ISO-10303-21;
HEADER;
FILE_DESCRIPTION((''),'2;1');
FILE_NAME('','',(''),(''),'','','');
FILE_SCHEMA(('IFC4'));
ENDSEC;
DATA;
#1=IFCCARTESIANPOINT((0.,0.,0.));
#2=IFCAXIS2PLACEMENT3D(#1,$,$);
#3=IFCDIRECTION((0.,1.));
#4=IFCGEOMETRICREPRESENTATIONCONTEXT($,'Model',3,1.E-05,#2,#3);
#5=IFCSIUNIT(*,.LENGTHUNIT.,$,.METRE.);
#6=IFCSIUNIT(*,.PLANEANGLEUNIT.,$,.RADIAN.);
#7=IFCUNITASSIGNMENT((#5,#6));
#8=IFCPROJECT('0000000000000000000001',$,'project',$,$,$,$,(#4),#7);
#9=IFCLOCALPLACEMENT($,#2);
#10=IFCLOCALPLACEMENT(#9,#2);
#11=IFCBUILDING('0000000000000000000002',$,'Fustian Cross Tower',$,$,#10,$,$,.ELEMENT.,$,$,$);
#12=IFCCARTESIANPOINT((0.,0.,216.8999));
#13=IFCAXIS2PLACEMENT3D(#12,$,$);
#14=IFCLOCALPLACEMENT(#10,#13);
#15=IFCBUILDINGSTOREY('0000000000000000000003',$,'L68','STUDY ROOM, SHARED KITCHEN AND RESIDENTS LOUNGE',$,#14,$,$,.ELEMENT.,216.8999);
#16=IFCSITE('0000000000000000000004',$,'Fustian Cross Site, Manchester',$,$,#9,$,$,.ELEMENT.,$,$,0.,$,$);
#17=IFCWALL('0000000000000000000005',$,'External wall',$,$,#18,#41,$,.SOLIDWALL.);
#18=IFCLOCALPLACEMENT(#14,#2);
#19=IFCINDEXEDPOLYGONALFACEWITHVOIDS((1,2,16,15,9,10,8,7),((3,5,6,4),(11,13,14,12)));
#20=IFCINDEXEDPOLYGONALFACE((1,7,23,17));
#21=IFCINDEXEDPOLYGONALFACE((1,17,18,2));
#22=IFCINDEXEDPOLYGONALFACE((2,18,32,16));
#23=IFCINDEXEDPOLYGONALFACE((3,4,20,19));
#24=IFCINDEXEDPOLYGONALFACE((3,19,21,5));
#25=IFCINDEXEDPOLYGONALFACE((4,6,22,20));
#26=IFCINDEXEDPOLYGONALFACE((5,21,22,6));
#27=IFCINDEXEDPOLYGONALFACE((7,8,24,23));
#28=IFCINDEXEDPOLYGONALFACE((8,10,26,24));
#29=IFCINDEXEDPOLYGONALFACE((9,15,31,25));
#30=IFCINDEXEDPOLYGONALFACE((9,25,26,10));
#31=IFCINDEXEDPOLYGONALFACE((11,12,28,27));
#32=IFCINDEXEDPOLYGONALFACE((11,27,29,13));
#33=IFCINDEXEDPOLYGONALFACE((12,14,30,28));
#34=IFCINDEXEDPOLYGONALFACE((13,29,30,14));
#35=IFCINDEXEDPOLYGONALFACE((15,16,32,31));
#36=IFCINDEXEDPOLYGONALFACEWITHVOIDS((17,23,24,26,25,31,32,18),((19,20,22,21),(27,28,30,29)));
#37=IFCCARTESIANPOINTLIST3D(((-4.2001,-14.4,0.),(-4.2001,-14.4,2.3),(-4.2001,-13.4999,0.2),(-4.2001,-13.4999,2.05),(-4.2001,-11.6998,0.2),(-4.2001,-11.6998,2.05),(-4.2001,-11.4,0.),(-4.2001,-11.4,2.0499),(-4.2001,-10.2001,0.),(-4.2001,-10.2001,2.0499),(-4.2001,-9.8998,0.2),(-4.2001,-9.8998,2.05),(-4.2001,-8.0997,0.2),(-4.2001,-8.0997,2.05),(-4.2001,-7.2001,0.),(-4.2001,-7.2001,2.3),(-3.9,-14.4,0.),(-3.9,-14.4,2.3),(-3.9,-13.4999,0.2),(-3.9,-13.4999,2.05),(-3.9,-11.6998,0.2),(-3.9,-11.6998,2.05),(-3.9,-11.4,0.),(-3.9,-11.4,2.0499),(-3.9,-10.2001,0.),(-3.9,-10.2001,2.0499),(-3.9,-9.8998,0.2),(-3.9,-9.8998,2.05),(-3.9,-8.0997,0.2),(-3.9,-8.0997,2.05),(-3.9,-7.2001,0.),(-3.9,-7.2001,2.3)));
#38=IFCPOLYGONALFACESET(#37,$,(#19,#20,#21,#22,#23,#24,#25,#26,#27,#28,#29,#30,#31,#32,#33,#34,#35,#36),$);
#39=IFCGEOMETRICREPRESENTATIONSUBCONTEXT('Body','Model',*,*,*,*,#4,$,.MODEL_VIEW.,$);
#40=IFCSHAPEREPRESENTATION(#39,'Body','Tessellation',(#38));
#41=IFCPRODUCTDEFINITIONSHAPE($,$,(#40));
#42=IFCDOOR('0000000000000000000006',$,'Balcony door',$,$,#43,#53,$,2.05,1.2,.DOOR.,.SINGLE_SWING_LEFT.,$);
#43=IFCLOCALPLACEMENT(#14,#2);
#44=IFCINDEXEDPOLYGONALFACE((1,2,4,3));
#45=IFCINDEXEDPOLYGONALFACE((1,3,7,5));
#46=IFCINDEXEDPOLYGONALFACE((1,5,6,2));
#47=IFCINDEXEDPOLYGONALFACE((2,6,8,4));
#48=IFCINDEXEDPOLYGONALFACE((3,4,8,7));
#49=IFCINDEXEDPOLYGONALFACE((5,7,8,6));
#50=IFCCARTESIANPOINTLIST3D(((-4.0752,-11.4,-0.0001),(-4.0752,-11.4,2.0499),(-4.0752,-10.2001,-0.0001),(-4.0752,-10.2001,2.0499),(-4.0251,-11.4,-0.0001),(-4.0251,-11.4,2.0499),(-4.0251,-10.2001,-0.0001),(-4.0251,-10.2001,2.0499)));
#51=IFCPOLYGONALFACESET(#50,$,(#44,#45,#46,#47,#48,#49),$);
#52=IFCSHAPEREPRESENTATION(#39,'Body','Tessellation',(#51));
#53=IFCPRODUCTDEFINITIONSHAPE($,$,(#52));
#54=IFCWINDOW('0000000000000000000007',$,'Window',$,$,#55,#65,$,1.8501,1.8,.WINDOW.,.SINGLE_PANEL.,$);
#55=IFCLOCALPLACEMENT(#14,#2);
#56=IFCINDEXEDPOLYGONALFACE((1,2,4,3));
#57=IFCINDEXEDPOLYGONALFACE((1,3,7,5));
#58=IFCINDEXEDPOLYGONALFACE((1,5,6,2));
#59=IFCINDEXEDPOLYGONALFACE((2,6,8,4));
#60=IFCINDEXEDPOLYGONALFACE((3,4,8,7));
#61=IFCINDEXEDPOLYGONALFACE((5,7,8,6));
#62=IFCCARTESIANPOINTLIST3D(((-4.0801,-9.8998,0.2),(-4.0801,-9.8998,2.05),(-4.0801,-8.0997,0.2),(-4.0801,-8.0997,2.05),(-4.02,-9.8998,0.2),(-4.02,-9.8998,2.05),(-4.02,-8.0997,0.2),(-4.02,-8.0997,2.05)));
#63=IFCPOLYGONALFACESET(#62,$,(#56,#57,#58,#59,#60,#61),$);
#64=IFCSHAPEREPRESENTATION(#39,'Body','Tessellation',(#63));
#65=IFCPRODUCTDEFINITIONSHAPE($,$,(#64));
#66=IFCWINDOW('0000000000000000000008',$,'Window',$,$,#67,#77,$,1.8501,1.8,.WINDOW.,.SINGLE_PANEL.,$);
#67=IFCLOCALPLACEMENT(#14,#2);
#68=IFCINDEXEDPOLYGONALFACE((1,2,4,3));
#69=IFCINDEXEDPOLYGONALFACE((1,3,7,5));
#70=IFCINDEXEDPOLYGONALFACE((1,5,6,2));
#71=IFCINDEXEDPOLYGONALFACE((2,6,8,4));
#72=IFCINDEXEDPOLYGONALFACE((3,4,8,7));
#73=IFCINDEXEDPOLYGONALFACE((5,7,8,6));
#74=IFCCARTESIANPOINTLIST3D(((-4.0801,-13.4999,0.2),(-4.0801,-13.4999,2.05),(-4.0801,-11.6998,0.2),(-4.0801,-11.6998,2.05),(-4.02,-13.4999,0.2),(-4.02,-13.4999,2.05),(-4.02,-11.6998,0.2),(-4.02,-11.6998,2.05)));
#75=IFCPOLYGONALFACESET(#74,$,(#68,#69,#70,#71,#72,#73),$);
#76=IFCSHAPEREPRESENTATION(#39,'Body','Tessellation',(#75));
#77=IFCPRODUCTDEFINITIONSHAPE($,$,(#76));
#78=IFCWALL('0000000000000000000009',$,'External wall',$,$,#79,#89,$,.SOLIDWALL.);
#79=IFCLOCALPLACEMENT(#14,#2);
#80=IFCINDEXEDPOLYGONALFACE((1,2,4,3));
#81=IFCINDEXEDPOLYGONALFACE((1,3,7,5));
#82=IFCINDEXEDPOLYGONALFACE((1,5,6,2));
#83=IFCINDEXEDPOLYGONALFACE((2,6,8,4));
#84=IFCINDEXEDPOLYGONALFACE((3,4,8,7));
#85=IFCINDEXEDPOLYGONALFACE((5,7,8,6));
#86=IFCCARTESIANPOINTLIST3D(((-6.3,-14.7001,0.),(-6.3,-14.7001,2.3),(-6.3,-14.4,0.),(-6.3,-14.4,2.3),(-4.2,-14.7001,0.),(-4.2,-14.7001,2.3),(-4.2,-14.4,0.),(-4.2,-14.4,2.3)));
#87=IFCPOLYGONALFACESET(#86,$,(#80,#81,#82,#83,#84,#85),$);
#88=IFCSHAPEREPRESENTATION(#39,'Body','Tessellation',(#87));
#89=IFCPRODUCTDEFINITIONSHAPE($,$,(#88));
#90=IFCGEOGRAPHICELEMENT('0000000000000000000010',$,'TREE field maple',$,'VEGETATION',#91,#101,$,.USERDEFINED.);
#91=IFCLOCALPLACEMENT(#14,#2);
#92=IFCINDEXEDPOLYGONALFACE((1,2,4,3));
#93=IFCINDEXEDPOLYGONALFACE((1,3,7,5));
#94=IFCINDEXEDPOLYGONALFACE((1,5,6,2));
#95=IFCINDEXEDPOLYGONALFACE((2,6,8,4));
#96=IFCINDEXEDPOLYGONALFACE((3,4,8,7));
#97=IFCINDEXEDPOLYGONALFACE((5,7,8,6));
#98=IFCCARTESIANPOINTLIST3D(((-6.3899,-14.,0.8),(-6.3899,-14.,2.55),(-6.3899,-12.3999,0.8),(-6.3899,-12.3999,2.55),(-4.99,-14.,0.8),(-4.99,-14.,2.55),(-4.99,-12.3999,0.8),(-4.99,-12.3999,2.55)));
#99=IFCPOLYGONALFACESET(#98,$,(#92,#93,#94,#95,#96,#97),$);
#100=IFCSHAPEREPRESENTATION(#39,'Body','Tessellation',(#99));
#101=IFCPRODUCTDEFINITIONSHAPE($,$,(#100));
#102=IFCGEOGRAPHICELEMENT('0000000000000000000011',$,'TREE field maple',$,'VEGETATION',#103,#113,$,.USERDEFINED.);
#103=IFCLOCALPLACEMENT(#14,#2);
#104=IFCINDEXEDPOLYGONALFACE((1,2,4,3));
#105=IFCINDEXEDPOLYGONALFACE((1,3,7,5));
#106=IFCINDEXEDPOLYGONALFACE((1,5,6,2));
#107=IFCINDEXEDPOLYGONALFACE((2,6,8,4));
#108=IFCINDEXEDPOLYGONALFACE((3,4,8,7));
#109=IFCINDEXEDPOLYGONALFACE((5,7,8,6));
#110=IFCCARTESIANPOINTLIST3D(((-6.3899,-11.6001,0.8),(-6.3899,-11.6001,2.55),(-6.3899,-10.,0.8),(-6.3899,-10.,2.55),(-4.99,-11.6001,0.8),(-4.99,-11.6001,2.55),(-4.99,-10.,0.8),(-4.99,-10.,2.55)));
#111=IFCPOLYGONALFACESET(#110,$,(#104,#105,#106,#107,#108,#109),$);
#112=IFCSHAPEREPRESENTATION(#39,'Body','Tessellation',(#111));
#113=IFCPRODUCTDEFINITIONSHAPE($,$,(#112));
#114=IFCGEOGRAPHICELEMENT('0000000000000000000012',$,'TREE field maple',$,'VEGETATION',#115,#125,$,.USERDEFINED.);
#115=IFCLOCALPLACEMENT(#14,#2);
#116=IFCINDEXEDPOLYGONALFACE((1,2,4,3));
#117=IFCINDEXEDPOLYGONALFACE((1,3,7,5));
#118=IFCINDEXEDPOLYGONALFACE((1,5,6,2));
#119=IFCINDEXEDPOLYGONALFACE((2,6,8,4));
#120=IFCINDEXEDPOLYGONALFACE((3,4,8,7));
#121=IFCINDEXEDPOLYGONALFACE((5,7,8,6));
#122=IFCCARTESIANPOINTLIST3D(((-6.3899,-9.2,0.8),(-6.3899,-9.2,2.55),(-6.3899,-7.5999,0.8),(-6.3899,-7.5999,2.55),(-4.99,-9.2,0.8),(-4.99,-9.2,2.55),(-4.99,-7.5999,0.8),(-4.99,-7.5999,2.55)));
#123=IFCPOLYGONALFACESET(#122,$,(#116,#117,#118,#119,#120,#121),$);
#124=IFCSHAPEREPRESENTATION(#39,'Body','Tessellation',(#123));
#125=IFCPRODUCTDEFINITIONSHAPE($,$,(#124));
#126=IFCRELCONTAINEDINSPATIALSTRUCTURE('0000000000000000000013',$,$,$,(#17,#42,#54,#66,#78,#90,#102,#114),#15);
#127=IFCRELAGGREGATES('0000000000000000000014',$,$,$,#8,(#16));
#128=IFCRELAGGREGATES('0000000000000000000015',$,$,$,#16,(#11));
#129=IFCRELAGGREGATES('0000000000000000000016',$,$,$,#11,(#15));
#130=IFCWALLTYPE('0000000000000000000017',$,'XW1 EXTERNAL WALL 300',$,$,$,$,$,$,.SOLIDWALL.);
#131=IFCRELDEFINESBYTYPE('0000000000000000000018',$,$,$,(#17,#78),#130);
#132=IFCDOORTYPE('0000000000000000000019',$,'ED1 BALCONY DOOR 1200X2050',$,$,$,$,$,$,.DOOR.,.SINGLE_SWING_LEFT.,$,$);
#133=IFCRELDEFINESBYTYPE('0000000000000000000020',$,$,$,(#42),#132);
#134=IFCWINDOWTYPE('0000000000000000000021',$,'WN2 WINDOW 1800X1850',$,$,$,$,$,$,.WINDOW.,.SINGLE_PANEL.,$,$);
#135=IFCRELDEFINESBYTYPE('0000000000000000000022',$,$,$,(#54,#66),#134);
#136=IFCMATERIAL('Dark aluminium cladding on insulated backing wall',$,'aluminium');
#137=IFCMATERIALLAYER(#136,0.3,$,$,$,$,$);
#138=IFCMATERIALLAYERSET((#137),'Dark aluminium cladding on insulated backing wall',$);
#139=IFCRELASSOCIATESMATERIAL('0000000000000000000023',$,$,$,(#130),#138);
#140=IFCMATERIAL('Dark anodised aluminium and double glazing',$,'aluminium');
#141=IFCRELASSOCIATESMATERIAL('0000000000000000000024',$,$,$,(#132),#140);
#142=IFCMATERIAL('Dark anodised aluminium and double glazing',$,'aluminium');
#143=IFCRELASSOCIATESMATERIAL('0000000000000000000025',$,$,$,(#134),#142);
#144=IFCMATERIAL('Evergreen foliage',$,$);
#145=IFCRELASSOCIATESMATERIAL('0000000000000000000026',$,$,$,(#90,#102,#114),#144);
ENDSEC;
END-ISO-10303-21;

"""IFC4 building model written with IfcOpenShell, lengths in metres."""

from ifc_helpers import new_model, si_unit, direction, frame, frame_2d, origin, origin_2d, place, context, subcontext, project, spatial, rectangle, extrude, material, layer, layer_set, type_object, element, fill, save


model = new_model("IFC4")

# Units and contexts
model_context = context("Model", 3, precision=1e-05, world=origin(), true_north=direction((0.0, 1.0)))
body_context = subcontext(model_context, "Body", "Model", "MODEL_VIEW")
ifc_project = project(units=[si_unit("LENGTHUNIT", "METRE"), si_unit("PLANEANGLEUNIT", "RADIAN")], contexts=[model_context])

# Site, building, storey
site_placement = place(None, origin())
site = spatial("IfcSite", under=ifc_project, at=site_placement, Name="Fustian Cross Site, Manchester", CompositionType="ELEMENT", RefElevation=0.0)
building_placement = place(site_placement, origin())
building = spatial("IfcBuilding", under=site, at=building_placement, Name="Fustian Cross Tower", CompositionType="ELEMENT")
storey_placement = place(building_placement, frame((0.0, 0.0, 216.8999)))
storey = spatial("IfcBuildingStorey", under=building, at=storey_placement, Name="L68", Description="STUDY ROOM, SHARED KITCHEN AND RESIDENTS LOUNGE", CompositionType="ELEMENT", Elevation=216.8999)

# Wall, openings, door, windows
ifc_material_1 = material(Name="Dark aluminium cladding on insulated backing wall", Category="aluminium")
ifc_layer_1 = layer(ifc_material_1, 0.3)
ifc_layer_set_1 = layer_set([ifc_layer_1], Name="Dark aluminium cladding on insulated backing wall")
wall_type_1 = type_object("IfcWallType", Name="XW1 EXTERNAL WALL 300", PredefinedType="SOLIDWALL", material=ifc_layer_set_1)
wall_1_placement = place(storey_placement, frame((-4.05, -7.2, 0.0), z_axis=(0.0, 0.0, 1.0), x_axis=(0.0, -1.0, 0.0)))
wall_1 = element("IfcWall", 1, at=wall_1_placement, inside=storey, type_object=wall_type_1, Name="External wall", PredefinedType="SOLIDWALL", context=body_context, shape_type="SweptSolid", body=[
    extrude(rectangle(XDim=7.2, YDim=0.3, at=frame_2d((3.6001, 0.0))), origin(), (0.0, 0.0, 1.0), 2.3),
])
opening_1_placement = place(wall_1_placement, frame((3.0, 0.0, 0.0)))
opening_1 = element("IfcOpeningElement", 2, at=opening_1_placement, cuts=wall_1, PredefinedType="OPENING", context=body_context, shape_type="SweptSolid", body=[
    extrude(rectangle(XDim=1.2, YDim=2.05, at=frame_2d((0.6001, 1.0249))), frame((0.0, 0.1599, 0.0), z_axis=(0.0, -1.0, 0.0), x_axis=(1.0, 0.0, 0.0)), (0.0, 0.0, 1.0), 0.3201),
])
opening_2_placement = place(wall_1_placement, frame((0.8999, 0.0, 0.2)))
opening_2 = element("IfcOpeningElement", 3, at=opening_2_placement, cuts=wall_1, PredefinedType="OPENING", context=body_context, shape_type="SweptSolid", body=[
    extrude(rectangle(XDim=1.8, YDim=1.8501, at=frame_2d((0.8999, 0.925))), frame((0.0, 0.1599, 0.0), z_axis=(0.0, -1.0, 0.0), x_axis=(1.0, 0.0, 0.0)), (0.0, 0.0, 1.0), 0.3201),
])
opening_3_placement = place(wall_1_placement, frame((4.5, 0.0, 0.2)))
opening_3 = element("IfcOpeningElement", 4, at=opening_3_placement, cuts=wall_1, PredefinedType="OPENING", context=body_context, shape_type="SweptSolid", body=[
    extrude(rectangle(XDim=1.8, YDim=1.8501, at=frame_2d((0.8999, 0.925))), frame((0.0, 0.1599, 0.0), z_axis=(0.0, -1.0, 0.0), x_axis=(1.0, 0.0, 0.0)), (0.0, 0.0, 1.0), 0.3201),
])
ifc_material_2 = material(Name="Dark anodised aluminium and double glazing", Category="aluminium")
door_type = type_object("IfcDoorType", Name="ED1 BALCONY DOOR 1200X2050", OperationType="SINGLE_SWING_LEFT", PredefinedType="DOOR", material=ifc_material_2)
door_placement = place(opening_1_placement, origin())
door = element("IfcDoor", 5, at=door_placement, inside=storey, type_object=door_type, Name="Balcony door", OperationType="SINGLE_SWING_LEFT", OverallHeight=2.05, OverallWidth=1.2, PredefinedType="DOOR", context=body_context, shape_type="SweptSolid", body=[
    extrude(rectangle(XDim=1.2, YDim=2.05, at=frame_2d((0.6001, 1.0249))), frame((0.0, 0.0249, 0.0), z_axis=(0.0, -1.0, 0.0), x_axis=(1.0, 0.0, 0.0)), (0.0, 0.0, 1.0), 0.05),
])
fill(opening_1, door)
ifc_material_3 = material(Name="Dark anodised aluminium and double glazing", Category="aluminium")
window_type = type_object("IfcWindowType", Name="WN2 WINDOW 1800X1850", PartitioningType="SINGLE_PANEL", PredefinedType="WINDOW", material=ifc_material_3)
window_1_placement = place(opening_2_placement, origin())
window_1 = element("IfcWindow", 6, at=window_1_placement, inside=storey, type_object=window_type, Name="Window", OverallHeight=1.8501, OverallWidth=1.8, PartitioningType="SINGLE_PANEL", PredefinedType="WINDOW", context=body_context, shape_type="SweptSolid", body=[
    extrude(rectangle(XDim=1.8, YDim=1.8501, at=frame_2d((0.8999, 0.925))), frame((0.0, 0.03, 0.0), z_axis=(0.0, -1.0, 0.0), x_axis=(1.0, 0.0, 0.0)), (0.0, 0.0, 1.0), 0.0601),
])
fill(opening_2, window_1)
window_2_placement = place(opening_3_placement, origin())
window_2 = element("IfcWindow", 7, at=window_2_placement, inside=storey, type_object=window_type, Name="Window", OverallHeight=1.8501, OverallWidth=1.8, PartitioningType="SINGLE_PANEL", PredefinedType="WINDOW", context=body_context, shape_type="SweptSolid", body=[
    extrude(rectangle(XDim=1.8, YDim=1.8501, at=frame_2d((0.8999, 0.925))), frame((0.0, 0.03, 0.0), z_axis=(0.0, -1.0, 0.0), x_axis=(1.0, 0.0, 0.0)), (0.0, 0.0, 1.0), 0.0601),
])
fill(opening_3, window_2)

# Wall
wall_2_placement = place(storey_placement, frame((-4.2, -14.55, 0.0), z_axis=(0.0, 0.0, 1.0), x_axis=(-1.0, 0.0, 0.0)))
element("IfcWall", 8, at=wall_2_placement, inside=storey, type_object=wall_type_1, Name="External wall", PredefinedType="SOLIDWALL", context=body_context, shape_type="SweptSolid", body=[
    extrude(rectangle(XDim=2.1001, YDim=0.3, at=frame_2d((1.05, 0.0))), origin(), (0.0, 0.0, 1.0), 2.3),
])

# Geographic elements
ifc_material_4 = material(Name="Evergreen foliage")
for number, where, z_axis, x_axis, name in (
    (9, (-5.6899, -13.2, 0.8), (0.0, 0.0, 1.0), (1.0, 0.0, 0.0), "TREE field maple"),
    (10, (-5.6899, -10.8, 0.8), (0.0, 0.0, 1.0), (1.0, 0.0, 0.0), "TREE field maple"),
    (11, (-5.6899, -8.3999, 0.8), (0.0, 0.0, 1.0), (1.0, 0.0, 0.0), "TREE field maple"),
):
    element("IfcGeographicElement", number, at=place(storey_placement, frame(where, z_axis=z_axis, x_axis=x_axis)), inside=storey, material=ifc_material_4, Name=name, ObjectType="VEGETATION", PredefinedType="USERDEFINED", context=body_context, shape_type="SweptSolid", body=[
        extrude(rectangle(XDim=1.3999, YDim=1.6001, at=origin_2d()), origin(), (0.0, 0.0, 1.0), 1.75),
    ])

save(model, "model.ifc")
